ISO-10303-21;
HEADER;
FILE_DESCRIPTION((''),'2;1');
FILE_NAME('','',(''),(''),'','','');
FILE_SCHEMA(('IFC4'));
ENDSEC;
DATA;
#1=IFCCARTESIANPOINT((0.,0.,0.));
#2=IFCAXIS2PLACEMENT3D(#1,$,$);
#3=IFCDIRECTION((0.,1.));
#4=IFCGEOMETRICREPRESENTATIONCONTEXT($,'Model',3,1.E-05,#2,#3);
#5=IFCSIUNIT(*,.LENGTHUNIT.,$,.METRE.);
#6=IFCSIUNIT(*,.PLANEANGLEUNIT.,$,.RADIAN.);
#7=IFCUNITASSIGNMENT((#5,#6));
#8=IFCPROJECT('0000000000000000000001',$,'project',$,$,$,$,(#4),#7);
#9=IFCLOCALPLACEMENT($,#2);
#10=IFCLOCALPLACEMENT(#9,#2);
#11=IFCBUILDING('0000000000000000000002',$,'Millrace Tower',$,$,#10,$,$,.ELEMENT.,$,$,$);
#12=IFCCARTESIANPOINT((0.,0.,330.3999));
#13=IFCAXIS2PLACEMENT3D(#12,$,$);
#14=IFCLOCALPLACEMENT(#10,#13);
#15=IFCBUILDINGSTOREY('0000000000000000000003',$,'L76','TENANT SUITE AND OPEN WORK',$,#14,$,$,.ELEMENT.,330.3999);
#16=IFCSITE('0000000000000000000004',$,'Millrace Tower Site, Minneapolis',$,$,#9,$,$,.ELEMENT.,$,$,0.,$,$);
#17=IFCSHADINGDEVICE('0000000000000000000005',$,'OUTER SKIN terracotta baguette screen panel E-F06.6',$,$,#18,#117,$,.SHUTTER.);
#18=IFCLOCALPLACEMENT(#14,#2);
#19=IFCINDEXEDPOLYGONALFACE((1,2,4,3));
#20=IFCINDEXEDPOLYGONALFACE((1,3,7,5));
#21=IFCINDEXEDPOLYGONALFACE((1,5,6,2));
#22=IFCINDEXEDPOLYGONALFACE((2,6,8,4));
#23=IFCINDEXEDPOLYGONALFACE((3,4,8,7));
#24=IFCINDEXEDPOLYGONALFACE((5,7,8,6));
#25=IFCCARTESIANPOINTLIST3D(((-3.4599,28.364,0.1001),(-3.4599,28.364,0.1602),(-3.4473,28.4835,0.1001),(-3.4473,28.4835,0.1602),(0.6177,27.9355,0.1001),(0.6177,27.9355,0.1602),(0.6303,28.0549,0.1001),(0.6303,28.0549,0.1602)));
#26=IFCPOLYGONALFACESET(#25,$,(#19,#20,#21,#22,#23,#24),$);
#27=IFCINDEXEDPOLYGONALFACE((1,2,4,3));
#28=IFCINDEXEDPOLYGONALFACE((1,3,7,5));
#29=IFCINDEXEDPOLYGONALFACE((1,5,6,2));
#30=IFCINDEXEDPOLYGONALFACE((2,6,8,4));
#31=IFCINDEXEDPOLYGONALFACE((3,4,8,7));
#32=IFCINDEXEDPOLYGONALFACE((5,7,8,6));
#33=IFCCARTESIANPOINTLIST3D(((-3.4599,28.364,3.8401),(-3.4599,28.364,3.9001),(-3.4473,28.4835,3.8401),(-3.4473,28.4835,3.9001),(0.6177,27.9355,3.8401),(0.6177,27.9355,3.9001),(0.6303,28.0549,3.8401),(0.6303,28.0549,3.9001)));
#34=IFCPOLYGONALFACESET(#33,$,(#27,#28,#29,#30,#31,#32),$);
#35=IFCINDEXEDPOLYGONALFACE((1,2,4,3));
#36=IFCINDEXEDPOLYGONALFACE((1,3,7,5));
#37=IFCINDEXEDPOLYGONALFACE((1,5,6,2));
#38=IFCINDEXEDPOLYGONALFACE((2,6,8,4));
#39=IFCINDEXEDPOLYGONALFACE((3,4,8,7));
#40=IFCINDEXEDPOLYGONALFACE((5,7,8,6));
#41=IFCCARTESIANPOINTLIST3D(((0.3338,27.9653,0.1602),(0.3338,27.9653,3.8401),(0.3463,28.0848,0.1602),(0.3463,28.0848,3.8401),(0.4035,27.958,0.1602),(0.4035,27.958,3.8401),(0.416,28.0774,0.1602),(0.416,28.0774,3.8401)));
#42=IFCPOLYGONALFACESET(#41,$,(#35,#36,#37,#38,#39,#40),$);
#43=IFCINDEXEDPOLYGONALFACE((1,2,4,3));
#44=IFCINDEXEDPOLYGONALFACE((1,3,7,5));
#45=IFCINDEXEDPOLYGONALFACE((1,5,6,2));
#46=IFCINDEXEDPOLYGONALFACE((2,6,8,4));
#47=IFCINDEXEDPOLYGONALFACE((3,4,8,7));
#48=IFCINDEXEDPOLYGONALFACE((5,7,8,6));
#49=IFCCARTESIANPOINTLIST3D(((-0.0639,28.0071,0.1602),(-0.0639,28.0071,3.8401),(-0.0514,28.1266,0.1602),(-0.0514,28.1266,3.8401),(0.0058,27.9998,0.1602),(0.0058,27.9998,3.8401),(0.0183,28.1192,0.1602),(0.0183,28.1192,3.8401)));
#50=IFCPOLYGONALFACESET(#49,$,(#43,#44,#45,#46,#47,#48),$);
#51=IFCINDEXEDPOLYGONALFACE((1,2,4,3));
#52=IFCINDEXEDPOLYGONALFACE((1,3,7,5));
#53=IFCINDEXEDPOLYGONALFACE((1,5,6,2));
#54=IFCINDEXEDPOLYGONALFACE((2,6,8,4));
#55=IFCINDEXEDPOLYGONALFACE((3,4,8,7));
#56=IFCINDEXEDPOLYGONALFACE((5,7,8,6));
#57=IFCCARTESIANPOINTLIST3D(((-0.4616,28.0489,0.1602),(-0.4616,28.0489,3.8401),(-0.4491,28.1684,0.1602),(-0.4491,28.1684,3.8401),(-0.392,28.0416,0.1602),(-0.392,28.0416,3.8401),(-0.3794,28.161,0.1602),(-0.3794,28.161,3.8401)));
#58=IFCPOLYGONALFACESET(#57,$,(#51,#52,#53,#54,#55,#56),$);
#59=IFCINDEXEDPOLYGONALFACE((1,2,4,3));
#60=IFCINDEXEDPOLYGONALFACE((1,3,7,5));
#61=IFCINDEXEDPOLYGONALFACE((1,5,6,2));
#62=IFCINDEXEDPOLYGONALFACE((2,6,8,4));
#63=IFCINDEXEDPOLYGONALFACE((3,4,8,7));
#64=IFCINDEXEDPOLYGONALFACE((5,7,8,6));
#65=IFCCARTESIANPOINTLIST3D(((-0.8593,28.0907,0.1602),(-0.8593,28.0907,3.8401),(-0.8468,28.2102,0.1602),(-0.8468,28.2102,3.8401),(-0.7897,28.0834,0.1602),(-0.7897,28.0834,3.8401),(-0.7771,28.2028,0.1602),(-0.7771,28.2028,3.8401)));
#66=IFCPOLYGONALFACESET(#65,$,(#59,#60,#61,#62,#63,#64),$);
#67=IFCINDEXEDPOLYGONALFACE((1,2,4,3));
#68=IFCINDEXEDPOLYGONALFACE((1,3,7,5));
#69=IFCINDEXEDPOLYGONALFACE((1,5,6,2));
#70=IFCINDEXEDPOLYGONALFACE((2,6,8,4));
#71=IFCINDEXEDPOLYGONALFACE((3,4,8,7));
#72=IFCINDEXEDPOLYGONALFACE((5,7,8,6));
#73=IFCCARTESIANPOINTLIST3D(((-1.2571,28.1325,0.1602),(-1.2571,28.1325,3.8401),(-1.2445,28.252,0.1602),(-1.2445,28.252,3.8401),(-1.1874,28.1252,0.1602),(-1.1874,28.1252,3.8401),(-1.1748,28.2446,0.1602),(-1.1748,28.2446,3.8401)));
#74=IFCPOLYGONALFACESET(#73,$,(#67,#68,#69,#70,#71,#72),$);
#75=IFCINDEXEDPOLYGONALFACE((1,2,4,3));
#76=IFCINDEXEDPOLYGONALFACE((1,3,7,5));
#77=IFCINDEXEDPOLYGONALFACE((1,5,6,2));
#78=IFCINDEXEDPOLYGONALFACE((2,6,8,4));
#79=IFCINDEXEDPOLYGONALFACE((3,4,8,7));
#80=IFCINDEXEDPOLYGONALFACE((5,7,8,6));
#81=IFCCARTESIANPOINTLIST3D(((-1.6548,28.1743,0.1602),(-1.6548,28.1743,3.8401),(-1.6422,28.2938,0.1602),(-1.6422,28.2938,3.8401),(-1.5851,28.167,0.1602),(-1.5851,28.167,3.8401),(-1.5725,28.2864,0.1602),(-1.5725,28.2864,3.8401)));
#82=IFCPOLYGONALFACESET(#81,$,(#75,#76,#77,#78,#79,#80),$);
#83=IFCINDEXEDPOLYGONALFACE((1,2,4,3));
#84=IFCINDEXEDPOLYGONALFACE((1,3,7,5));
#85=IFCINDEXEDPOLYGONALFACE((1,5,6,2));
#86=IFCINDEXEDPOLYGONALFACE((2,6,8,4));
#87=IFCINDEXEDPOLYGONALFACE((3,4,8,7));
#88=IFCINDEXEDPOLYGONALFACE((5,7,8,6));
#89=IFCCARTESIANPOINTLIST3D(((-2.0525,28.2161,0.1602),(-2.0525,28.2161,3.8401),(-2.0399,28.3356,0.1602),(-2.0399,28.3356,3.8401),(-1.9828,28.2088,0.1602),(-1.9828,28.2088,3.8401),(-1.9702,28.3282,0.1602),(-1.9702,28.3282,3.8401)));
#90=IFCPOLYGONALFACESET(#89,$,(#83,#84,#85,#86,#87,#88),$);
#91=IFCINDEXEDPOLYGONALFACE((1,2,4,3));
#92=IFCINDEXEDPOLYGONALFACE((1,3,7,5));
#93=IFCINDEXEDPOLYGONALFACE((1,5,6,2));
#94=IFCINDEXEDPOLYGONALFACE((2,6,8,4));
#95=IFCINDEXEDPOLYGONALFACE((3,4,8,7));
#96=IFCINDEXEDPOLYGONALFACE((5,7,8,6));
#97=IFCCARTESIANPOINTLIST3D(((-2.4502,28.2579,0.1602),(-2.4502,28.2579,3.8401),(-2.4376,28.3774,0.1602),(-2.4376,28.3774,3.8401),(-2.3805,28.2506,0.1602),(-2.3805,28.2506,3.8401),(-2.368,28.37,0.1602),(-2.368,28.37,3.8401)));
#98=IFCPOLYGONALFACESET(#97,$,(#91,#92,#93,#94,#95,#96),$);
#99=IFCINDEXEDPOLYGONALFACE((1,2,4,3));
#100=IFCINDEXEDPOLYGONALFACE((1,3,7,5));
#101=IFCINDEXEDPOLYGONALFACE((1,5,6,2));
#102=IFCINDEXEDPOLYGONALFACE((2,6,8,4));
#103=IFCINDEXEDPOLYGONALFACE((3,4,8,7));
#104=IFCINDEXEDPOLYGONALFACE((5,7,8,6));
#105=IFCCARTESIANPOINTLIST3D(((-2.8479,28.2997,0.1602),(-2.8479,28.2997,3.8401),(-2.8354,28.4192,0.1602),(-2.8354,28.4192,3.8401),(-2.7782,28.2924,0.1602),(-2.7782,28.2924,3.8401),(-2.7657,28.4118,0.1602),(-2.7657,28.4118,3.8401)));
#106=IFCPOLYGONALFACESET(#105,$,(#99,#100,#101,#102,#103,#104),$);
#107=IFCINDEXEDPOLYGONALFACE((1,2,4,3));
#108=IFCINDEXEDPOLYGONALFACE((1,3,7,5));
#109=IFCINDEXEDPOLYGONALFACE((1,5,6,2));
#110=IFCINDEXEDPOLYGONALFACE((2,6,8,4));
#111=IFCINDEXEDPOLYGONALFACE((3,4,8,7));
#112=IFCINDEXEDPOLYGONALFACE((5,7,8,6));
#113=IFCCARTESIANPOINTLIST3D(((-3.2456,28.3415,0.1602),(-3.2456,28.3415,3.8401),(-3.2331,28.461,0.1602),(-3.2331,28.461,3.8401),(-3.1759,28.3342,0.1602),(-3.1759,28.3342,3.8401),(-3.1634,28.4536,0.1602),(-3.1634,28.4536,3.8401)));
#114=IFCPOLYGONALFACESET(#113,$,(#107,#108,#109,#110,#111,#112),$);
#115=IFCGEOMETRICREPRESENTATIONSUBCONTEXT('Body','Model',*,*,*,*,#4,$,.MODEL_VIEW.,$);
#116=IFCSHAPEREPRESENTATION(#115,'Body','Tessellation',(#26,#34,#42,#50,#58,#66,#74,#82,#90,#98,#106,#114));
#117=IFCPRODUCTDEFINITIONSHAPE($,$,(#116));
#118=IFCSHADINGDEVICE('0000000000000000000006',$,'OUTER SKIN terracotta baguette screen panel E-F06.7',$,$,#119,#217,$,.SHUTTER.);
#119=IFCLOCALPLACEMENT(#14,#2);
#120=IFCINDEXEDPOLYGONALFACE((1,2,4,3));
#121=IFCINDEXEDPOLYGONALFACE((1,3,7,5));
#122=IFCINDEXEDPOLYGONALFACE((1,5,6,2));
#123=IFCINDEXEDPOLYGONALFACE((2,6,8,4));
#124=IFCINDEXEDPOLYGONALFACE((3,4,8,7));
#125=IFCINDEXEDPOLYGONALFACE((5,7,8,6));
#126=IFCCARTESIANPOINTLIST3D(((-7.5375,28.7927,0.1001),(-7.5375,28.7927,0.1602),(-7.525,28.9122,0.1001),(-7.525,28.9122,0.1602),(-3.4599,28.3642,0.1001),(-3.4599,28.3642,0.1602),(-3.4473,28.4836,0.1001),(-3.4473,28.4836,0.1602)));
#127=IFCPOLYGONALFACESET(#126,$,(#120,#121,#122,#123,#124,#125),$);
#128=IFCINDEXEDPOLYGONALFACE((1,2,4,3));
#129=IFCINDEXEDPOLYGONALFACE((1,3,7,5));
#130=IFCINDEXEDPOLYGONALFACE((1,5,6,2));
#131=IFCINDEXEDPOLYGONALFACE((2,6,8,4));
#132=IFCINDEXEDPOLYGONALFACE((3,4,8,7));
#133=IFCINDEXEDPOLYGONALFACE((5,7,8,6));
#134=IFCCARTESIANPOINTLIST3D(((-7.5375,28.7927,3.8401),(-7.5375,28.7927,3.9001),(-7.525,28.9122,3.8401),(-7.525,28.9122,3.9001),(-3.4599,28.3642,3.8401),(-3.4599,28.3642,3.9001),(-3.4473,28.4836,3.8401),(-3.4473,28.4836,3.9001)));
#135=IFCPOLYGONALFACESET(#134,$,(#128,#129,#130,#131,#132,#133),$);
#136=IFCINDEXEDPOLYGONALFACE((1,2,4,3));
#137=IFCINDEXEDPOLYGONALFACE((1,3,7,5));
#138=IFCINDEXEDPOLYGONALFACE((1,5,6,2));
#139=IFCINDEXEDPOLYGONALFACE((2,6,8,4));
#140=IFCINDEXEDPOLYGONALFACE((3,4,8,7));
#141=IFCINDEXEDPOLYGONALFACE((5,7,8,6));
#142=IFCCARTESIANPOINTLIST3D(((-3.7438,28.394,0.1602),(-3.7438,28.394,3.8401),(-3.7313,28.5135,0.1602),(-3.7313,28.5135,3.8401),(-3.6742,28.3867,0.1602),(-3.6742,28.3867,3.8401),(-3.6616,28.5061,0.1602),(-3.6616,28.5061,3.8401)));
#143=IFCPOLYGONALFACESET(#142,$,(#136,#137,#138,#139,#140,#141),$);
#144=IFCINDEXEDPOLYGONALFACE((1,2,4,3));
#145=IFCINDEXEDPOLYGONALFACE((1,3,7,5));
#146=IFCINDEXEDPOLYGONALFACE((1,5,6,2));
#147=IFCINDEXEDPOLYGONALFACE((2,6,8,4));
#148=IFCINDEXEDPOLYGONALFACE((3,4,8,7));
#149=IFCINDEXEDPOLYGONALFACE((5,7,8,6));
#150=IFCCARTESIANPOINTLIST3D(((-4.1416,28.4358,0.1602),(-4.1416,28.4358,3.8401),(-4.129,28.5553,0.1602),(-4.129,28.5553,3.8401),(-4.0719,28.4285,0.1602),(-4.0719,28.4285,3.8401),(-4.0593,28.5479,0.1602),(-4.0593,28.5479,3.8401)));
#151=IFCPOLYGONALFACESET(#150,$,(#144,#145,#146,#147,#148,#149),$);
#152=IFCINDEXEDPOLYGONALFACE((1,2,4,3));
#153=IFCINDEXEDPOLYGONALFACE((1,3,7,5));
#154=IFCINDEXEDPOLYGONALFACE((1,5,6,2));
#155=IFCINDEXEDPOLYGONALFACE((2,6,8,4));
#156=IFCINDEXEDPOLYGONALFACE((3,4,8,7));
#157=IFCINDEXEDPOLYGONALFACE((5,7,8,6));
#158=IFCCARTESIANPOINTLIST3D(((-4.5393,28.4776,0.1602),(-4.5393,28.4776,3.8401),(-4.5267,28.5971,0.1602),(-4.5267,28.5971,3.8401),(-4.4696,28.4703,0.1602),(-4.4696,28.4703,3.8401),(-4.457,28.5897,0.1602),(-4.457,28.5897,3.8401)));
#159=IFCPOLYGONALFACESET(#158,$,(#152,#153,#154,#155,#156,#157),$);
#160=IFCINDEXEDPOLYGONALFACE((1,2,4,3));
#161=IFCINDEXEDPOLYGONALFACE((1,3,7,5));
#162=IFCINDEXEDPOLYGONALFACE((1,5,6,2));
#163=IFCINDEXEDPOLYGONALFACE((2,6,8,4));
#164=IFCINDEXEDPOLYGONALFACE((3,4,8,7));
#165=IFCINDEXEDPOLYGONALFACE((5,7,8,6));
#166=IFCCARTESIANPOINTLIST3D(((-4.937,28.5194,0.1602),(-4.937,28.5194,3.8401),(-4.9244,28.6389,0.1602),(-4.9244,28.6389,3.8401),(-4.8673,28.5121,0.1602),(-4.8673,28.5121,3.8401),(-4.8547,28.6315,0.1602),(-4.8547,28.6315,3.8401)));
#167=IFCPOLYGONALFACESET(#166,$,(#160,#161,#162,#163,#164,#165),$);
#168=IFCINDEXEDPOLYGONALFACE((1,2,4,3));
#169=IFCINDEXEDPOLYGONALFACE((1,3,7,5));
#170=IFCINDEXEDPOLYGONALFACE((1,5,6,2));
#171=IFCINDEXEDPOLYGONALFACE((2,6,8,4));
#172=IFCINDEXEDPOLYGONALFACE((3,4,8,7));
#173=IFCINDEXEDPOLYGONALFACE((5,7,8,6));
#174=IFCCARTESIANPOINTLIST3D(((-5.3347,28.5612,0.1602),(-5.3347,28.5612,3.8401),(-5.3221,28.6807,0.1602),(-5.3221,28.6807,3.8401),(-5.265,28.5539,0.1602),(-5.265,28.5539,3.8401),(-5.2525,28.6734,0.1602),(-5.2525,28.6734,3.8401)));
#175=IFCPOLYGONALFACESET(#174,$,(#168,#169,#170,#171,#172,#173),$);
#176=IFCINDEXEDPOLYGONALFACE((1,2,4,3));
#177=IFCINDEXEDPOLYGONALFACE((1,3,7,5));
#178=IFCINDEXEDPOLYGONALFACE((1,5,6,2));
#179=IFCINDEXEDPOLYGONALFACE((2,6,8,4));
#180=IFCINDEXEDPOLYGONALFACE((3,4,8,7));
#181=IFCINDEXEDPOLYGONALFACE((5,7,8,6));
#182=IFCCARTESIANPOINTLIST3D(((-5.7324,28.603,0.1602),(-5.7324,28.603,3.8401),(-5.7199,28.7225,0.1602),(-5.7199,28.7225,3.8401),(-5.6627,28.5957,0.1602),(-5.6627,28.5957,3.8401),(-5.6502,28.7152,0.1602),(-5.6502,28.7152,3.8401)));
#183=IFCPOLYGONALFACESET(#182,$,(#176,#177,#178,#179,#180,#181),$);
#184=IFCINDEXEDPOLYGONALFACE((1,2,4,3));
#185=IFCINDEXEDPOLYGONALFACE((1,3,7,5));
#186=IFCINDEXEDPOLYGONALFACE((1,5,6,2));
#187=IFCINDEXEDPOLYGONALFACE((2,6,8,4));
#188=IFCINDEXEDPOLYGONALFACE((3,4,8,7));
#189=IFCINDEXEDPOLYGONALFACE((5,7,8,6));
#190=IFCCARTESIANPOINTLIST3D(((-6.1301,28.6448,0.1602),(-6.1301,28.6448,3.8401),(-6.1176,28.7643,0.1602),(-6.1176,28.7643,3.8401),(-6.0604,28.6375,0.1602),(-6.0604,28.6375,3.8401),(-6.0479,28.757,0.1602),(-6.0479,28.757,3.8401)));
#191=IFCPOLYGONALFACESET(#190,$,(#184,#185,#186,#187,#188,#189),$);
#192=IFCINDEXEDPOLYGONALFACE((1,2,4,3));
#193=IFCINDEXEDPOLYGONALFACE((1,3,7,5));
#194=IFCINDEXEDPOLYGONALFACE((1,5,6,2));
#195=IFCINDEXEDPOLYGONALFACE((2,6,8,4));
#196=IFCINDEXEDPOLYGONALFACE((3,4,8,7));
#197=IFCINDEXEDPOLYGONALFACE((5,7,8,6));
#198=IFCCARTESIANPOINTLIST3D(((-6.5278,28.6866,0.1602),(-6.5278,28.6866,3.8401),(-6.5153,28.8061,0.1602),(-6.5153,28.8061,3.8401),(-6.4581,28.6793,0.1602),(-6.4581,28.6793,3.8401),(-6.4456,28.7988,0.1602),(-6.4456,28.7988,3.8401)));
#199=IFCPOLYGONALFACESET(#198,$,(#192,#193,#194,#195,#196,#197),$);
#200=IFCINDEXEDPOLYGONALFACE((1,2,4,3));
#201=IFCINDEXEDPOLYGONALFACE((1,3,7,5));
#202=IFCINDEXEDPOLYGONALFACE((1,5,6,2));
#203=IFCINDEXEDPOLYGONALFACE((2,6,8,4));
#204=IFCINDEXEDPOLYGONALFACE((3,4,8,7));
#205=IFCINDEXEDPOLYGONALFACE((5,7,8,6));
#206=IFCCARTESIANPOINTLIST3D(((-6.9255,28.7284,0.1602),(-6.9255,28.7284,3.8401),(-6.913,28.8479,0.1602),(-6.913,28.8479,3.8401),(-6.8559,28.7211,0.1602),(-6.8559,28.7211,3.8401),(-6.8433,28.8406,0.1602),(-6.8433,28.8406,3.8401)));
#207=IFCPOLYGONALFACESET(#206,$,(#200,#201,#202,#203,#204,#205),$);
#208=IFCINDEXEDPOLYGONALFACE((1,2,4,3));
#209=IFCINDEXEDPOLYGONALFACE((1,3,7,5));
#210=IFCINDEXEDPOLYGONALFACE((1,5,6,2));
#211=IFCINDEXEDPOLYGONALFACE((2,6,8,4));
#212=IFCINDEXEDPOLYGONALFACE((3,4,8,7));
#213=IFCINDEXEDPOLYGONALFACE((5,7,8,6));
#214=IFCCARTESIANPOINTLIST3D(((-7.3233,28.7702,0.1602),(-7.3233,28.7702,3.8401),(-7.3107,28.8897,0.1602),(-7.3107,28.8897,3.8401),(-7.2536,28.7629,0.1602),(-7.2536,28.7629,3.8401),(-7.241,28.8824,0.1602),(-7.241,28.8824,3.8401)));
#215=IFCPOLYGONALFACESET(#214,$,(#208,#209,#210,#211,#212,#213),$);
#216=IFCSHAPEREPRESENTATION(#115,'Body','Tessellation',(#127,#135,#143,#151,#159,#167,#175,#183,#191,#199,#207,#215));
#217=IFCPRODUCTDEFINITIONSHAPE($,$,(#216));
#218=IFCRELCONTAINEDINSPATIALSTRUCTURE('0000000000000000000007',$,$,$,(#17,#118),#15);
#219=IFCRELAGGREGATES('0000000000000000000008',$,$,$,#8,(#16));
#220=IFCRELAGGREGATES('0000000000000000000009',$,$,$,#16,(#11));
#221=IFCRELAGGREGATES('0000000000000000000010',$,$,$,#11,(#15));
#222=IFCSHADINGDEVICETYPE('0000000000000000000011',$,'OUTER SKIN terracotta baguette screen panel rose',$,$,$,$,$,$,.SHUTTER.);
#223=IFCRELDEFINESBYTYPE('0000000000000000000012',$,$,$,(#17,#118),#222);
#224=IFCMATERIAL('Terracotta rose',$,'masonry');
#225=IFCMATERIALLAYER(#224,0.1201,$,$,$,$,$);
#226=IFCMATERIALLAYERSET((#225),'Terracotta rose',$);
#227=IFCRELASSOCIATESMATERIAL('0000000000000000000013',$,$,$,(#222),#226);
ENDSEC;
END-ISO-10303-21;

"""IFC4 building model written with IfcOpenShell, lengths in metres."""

from ifc_helpers import new_model, entity, si_unit, direction, frame, frame_2d, origin, place, context, subcontext, project, spatial, rectangle, extrude, source, transform, mapped, material, layer, layer_set, type_object, element, save


model = new_model("IFC4")

# Units and contexts
model_context = context("Model", 3, precision=1e-05, world=origin(), true_north=direction((0.0, 1.0)))
body_context = subcontext(model_context, "Body", "Model", "MODEL_VIEW")
ifc_project = project(units=[si_unit("LENGTHUNIT", "METRE"), si_unit("PLANEANGLEUNIT", "RADIAN")], contexts=[model_context])

# Site, building, storey
site_placement = place(None, origin())
site = spatial("IfcSite", under=ifc_project, at=site_placement, Name="Millrace Tower Site, Minneapolis", CompositionType="ELEMENT", RefElevation=0.0)
building_placement = place(site_placement, origin())
building = spatial("IfcBuilding", under=site, at=building_placement, Name="Millrace Tower", CompositionType="ELEMENT")
storey_placement = place(building_placement, frame((0.0, 0.0, 330.3999)))
storey = spatial("IfcBuildingStorey", under=building, at=storey_placement, Name="L76", Description="TENANT SUITE AND OPEN WORK", CompositionType="ELEMENT", Elevation=330.3999)

# Shading devices
ifc_material_1 = material(Name="Terracotta rose", Category="masonry")
ifc_layer_1 = layer(ifc_material_1, 0.1201)
ifc_layer_set_1 = layer_set([ifc_layer_1], Name="Terracotta rose")
shading_device_type = type_object("IfcShadingDeviceType", Name="OUTER SKIN terracotta baguette screen panel rose", PredefinedType="SHUTTER", material=ifc_layer_set_1)
cartesian_point_1 = entity("IfcCartesianPoint", [-2.05, 0.0601])
shared_polyline_1 = entity("IfcPolyline", [cartesian_point_1, entity("IfcCartesianPoint", [2.05, 0.0601]), entity("IfcCartesianPoint", [2.05, -0.0601]), entity("IfcCartesianPoint", [-2.05, -0.0601]), cartesian_point_1])
shared_shape_1 = source(origin(), body_context, "Body", "SweptSolid", [
    entity("IfcExtrudedAreaSolid", entity("IfcArbitraryClosedProfileDef", "AREA", None, shared_polyline_1), entity("IfcAxis2Placement3D", entity("IfcCartesianPoint", [0.0, 0.0, 0.0])), entity("IfcDirection", [0.0, 0.0, 1.0]), 0.0601),
    entity("IfcExtrudedAreaSolid", entity("IfcArbitraryClosedProfileDef", "AREA", None, shared_polyline_1), entity("IfcAxis2Placement3D", entity("IfcCartesianPoint", [0.0, 0.0, 3.74])), entity("IfcDirection", [0.0, 0.0, 1.0]), 0.0601),
    extrude(rectangle(XDim=0.0701, YDim=0.1201, at=frame_2d((-1.7996, 0.0))), frame((0.0, 0.0, 0.0601)), (0.0, 0.0, 1.0), 3.6799),
    extrude(rectangle(XDim=0.0701, YDim=0.1201, at=frame_2d((-1.3997, 0.0))), frame((0.0, 0.0, 0.0601)), (0.0, 0.0, 1.0), 3.6799),
    extrude(rectangle(XDim=0.0701, YDim=0.1201, at=frame_2d((-0.9998, 0.0))), frame((0.0, 0.0, 0.0601)), (0.0, 0.0, 1.0), 3.6799),
    extrude(rectangle(XDim=0.0701, YDim=0.1201, at=frame_2d((-0.5999, 0.0))), frame((0.0, 0.0, 0.0601)), (0.0, 0.0, 1.0), 3.6799),
    extrude(rectangle(XDim=0.0701, YDim=0.1201, at=frame_2d((-0.2, 0.0))), frame((0.0, 0.0, 0.0601)), (0.0, 0.0, 1.0), 3.6799),
    extrude(rectangle(XDim=0.0701, YDim=0.1201, at=frame_2d((0.2, 0.0))), frame((0.0, 0.0, 0.0601)), (0.0, 0.0, 1.0), 3.6799),
    extrude(rectangle(XDim=0.0701, YDim=0.1201, at=frame_2d((0.5999, 0.0))), frame((0.0, 0.0, 0.0601)), (0.0, 0.0, 1.0), 3.6799),
    extrude(rectangle(XDim=0.0701, YDim=0.1201, at=frame_2d((0.9998, 0.0))), frame((0.0, 0.0, 0.0601)), (0.0, 0.0, 1.0), 3.6799),
    extrude(rectangle(XDim=0.0701, YDim=0.1201, at=frame_2d((1.3997, 0.0))), frame((0.0, 0.0, 0.0601)), (0.0, 0.0, 1.0), 3.6799),
    extrude(rectangle(XDim=0.0701, YDim=0.1201, at=frame_2d((1.7996, 0.0))), frame((0.0, 0.0, 0.0601)), (0.0, 0.0, 1.0), 3.6799),
])
for number, where, z_axis, x_axis, name in (
    (1, (-1.4148, 28.2095, 0.1001), (0.0, 0.0, 1.0), (-0.994522, 0.104528, 0.0), "OUTER SKIN terracotta baguette screen panel E-F06.6"),
    (2, (-5.4924, 28.6382, 0.1001), (0.0, 0.0, 1.0), (-0.994522, 0.104528, 0.0), "OUTER SKIN terracotta baguette screen panel E-F06.7"),
):
    element("IfcShadingDevice", number, at=place(storey_placement, frame(where, z_axis=z_axis, x_axis=x_axis)), inside=storey, type_object=shading_device_type, Name=name, PredefinedType="SHUTTER", context=body_context, shape_type="MappedRepresentation", body=[
        mapped(shared_shape_1, transform((0.0, 0.0, 0.0), scale=1.0)),
    ])

save(model, "model.ifc")
